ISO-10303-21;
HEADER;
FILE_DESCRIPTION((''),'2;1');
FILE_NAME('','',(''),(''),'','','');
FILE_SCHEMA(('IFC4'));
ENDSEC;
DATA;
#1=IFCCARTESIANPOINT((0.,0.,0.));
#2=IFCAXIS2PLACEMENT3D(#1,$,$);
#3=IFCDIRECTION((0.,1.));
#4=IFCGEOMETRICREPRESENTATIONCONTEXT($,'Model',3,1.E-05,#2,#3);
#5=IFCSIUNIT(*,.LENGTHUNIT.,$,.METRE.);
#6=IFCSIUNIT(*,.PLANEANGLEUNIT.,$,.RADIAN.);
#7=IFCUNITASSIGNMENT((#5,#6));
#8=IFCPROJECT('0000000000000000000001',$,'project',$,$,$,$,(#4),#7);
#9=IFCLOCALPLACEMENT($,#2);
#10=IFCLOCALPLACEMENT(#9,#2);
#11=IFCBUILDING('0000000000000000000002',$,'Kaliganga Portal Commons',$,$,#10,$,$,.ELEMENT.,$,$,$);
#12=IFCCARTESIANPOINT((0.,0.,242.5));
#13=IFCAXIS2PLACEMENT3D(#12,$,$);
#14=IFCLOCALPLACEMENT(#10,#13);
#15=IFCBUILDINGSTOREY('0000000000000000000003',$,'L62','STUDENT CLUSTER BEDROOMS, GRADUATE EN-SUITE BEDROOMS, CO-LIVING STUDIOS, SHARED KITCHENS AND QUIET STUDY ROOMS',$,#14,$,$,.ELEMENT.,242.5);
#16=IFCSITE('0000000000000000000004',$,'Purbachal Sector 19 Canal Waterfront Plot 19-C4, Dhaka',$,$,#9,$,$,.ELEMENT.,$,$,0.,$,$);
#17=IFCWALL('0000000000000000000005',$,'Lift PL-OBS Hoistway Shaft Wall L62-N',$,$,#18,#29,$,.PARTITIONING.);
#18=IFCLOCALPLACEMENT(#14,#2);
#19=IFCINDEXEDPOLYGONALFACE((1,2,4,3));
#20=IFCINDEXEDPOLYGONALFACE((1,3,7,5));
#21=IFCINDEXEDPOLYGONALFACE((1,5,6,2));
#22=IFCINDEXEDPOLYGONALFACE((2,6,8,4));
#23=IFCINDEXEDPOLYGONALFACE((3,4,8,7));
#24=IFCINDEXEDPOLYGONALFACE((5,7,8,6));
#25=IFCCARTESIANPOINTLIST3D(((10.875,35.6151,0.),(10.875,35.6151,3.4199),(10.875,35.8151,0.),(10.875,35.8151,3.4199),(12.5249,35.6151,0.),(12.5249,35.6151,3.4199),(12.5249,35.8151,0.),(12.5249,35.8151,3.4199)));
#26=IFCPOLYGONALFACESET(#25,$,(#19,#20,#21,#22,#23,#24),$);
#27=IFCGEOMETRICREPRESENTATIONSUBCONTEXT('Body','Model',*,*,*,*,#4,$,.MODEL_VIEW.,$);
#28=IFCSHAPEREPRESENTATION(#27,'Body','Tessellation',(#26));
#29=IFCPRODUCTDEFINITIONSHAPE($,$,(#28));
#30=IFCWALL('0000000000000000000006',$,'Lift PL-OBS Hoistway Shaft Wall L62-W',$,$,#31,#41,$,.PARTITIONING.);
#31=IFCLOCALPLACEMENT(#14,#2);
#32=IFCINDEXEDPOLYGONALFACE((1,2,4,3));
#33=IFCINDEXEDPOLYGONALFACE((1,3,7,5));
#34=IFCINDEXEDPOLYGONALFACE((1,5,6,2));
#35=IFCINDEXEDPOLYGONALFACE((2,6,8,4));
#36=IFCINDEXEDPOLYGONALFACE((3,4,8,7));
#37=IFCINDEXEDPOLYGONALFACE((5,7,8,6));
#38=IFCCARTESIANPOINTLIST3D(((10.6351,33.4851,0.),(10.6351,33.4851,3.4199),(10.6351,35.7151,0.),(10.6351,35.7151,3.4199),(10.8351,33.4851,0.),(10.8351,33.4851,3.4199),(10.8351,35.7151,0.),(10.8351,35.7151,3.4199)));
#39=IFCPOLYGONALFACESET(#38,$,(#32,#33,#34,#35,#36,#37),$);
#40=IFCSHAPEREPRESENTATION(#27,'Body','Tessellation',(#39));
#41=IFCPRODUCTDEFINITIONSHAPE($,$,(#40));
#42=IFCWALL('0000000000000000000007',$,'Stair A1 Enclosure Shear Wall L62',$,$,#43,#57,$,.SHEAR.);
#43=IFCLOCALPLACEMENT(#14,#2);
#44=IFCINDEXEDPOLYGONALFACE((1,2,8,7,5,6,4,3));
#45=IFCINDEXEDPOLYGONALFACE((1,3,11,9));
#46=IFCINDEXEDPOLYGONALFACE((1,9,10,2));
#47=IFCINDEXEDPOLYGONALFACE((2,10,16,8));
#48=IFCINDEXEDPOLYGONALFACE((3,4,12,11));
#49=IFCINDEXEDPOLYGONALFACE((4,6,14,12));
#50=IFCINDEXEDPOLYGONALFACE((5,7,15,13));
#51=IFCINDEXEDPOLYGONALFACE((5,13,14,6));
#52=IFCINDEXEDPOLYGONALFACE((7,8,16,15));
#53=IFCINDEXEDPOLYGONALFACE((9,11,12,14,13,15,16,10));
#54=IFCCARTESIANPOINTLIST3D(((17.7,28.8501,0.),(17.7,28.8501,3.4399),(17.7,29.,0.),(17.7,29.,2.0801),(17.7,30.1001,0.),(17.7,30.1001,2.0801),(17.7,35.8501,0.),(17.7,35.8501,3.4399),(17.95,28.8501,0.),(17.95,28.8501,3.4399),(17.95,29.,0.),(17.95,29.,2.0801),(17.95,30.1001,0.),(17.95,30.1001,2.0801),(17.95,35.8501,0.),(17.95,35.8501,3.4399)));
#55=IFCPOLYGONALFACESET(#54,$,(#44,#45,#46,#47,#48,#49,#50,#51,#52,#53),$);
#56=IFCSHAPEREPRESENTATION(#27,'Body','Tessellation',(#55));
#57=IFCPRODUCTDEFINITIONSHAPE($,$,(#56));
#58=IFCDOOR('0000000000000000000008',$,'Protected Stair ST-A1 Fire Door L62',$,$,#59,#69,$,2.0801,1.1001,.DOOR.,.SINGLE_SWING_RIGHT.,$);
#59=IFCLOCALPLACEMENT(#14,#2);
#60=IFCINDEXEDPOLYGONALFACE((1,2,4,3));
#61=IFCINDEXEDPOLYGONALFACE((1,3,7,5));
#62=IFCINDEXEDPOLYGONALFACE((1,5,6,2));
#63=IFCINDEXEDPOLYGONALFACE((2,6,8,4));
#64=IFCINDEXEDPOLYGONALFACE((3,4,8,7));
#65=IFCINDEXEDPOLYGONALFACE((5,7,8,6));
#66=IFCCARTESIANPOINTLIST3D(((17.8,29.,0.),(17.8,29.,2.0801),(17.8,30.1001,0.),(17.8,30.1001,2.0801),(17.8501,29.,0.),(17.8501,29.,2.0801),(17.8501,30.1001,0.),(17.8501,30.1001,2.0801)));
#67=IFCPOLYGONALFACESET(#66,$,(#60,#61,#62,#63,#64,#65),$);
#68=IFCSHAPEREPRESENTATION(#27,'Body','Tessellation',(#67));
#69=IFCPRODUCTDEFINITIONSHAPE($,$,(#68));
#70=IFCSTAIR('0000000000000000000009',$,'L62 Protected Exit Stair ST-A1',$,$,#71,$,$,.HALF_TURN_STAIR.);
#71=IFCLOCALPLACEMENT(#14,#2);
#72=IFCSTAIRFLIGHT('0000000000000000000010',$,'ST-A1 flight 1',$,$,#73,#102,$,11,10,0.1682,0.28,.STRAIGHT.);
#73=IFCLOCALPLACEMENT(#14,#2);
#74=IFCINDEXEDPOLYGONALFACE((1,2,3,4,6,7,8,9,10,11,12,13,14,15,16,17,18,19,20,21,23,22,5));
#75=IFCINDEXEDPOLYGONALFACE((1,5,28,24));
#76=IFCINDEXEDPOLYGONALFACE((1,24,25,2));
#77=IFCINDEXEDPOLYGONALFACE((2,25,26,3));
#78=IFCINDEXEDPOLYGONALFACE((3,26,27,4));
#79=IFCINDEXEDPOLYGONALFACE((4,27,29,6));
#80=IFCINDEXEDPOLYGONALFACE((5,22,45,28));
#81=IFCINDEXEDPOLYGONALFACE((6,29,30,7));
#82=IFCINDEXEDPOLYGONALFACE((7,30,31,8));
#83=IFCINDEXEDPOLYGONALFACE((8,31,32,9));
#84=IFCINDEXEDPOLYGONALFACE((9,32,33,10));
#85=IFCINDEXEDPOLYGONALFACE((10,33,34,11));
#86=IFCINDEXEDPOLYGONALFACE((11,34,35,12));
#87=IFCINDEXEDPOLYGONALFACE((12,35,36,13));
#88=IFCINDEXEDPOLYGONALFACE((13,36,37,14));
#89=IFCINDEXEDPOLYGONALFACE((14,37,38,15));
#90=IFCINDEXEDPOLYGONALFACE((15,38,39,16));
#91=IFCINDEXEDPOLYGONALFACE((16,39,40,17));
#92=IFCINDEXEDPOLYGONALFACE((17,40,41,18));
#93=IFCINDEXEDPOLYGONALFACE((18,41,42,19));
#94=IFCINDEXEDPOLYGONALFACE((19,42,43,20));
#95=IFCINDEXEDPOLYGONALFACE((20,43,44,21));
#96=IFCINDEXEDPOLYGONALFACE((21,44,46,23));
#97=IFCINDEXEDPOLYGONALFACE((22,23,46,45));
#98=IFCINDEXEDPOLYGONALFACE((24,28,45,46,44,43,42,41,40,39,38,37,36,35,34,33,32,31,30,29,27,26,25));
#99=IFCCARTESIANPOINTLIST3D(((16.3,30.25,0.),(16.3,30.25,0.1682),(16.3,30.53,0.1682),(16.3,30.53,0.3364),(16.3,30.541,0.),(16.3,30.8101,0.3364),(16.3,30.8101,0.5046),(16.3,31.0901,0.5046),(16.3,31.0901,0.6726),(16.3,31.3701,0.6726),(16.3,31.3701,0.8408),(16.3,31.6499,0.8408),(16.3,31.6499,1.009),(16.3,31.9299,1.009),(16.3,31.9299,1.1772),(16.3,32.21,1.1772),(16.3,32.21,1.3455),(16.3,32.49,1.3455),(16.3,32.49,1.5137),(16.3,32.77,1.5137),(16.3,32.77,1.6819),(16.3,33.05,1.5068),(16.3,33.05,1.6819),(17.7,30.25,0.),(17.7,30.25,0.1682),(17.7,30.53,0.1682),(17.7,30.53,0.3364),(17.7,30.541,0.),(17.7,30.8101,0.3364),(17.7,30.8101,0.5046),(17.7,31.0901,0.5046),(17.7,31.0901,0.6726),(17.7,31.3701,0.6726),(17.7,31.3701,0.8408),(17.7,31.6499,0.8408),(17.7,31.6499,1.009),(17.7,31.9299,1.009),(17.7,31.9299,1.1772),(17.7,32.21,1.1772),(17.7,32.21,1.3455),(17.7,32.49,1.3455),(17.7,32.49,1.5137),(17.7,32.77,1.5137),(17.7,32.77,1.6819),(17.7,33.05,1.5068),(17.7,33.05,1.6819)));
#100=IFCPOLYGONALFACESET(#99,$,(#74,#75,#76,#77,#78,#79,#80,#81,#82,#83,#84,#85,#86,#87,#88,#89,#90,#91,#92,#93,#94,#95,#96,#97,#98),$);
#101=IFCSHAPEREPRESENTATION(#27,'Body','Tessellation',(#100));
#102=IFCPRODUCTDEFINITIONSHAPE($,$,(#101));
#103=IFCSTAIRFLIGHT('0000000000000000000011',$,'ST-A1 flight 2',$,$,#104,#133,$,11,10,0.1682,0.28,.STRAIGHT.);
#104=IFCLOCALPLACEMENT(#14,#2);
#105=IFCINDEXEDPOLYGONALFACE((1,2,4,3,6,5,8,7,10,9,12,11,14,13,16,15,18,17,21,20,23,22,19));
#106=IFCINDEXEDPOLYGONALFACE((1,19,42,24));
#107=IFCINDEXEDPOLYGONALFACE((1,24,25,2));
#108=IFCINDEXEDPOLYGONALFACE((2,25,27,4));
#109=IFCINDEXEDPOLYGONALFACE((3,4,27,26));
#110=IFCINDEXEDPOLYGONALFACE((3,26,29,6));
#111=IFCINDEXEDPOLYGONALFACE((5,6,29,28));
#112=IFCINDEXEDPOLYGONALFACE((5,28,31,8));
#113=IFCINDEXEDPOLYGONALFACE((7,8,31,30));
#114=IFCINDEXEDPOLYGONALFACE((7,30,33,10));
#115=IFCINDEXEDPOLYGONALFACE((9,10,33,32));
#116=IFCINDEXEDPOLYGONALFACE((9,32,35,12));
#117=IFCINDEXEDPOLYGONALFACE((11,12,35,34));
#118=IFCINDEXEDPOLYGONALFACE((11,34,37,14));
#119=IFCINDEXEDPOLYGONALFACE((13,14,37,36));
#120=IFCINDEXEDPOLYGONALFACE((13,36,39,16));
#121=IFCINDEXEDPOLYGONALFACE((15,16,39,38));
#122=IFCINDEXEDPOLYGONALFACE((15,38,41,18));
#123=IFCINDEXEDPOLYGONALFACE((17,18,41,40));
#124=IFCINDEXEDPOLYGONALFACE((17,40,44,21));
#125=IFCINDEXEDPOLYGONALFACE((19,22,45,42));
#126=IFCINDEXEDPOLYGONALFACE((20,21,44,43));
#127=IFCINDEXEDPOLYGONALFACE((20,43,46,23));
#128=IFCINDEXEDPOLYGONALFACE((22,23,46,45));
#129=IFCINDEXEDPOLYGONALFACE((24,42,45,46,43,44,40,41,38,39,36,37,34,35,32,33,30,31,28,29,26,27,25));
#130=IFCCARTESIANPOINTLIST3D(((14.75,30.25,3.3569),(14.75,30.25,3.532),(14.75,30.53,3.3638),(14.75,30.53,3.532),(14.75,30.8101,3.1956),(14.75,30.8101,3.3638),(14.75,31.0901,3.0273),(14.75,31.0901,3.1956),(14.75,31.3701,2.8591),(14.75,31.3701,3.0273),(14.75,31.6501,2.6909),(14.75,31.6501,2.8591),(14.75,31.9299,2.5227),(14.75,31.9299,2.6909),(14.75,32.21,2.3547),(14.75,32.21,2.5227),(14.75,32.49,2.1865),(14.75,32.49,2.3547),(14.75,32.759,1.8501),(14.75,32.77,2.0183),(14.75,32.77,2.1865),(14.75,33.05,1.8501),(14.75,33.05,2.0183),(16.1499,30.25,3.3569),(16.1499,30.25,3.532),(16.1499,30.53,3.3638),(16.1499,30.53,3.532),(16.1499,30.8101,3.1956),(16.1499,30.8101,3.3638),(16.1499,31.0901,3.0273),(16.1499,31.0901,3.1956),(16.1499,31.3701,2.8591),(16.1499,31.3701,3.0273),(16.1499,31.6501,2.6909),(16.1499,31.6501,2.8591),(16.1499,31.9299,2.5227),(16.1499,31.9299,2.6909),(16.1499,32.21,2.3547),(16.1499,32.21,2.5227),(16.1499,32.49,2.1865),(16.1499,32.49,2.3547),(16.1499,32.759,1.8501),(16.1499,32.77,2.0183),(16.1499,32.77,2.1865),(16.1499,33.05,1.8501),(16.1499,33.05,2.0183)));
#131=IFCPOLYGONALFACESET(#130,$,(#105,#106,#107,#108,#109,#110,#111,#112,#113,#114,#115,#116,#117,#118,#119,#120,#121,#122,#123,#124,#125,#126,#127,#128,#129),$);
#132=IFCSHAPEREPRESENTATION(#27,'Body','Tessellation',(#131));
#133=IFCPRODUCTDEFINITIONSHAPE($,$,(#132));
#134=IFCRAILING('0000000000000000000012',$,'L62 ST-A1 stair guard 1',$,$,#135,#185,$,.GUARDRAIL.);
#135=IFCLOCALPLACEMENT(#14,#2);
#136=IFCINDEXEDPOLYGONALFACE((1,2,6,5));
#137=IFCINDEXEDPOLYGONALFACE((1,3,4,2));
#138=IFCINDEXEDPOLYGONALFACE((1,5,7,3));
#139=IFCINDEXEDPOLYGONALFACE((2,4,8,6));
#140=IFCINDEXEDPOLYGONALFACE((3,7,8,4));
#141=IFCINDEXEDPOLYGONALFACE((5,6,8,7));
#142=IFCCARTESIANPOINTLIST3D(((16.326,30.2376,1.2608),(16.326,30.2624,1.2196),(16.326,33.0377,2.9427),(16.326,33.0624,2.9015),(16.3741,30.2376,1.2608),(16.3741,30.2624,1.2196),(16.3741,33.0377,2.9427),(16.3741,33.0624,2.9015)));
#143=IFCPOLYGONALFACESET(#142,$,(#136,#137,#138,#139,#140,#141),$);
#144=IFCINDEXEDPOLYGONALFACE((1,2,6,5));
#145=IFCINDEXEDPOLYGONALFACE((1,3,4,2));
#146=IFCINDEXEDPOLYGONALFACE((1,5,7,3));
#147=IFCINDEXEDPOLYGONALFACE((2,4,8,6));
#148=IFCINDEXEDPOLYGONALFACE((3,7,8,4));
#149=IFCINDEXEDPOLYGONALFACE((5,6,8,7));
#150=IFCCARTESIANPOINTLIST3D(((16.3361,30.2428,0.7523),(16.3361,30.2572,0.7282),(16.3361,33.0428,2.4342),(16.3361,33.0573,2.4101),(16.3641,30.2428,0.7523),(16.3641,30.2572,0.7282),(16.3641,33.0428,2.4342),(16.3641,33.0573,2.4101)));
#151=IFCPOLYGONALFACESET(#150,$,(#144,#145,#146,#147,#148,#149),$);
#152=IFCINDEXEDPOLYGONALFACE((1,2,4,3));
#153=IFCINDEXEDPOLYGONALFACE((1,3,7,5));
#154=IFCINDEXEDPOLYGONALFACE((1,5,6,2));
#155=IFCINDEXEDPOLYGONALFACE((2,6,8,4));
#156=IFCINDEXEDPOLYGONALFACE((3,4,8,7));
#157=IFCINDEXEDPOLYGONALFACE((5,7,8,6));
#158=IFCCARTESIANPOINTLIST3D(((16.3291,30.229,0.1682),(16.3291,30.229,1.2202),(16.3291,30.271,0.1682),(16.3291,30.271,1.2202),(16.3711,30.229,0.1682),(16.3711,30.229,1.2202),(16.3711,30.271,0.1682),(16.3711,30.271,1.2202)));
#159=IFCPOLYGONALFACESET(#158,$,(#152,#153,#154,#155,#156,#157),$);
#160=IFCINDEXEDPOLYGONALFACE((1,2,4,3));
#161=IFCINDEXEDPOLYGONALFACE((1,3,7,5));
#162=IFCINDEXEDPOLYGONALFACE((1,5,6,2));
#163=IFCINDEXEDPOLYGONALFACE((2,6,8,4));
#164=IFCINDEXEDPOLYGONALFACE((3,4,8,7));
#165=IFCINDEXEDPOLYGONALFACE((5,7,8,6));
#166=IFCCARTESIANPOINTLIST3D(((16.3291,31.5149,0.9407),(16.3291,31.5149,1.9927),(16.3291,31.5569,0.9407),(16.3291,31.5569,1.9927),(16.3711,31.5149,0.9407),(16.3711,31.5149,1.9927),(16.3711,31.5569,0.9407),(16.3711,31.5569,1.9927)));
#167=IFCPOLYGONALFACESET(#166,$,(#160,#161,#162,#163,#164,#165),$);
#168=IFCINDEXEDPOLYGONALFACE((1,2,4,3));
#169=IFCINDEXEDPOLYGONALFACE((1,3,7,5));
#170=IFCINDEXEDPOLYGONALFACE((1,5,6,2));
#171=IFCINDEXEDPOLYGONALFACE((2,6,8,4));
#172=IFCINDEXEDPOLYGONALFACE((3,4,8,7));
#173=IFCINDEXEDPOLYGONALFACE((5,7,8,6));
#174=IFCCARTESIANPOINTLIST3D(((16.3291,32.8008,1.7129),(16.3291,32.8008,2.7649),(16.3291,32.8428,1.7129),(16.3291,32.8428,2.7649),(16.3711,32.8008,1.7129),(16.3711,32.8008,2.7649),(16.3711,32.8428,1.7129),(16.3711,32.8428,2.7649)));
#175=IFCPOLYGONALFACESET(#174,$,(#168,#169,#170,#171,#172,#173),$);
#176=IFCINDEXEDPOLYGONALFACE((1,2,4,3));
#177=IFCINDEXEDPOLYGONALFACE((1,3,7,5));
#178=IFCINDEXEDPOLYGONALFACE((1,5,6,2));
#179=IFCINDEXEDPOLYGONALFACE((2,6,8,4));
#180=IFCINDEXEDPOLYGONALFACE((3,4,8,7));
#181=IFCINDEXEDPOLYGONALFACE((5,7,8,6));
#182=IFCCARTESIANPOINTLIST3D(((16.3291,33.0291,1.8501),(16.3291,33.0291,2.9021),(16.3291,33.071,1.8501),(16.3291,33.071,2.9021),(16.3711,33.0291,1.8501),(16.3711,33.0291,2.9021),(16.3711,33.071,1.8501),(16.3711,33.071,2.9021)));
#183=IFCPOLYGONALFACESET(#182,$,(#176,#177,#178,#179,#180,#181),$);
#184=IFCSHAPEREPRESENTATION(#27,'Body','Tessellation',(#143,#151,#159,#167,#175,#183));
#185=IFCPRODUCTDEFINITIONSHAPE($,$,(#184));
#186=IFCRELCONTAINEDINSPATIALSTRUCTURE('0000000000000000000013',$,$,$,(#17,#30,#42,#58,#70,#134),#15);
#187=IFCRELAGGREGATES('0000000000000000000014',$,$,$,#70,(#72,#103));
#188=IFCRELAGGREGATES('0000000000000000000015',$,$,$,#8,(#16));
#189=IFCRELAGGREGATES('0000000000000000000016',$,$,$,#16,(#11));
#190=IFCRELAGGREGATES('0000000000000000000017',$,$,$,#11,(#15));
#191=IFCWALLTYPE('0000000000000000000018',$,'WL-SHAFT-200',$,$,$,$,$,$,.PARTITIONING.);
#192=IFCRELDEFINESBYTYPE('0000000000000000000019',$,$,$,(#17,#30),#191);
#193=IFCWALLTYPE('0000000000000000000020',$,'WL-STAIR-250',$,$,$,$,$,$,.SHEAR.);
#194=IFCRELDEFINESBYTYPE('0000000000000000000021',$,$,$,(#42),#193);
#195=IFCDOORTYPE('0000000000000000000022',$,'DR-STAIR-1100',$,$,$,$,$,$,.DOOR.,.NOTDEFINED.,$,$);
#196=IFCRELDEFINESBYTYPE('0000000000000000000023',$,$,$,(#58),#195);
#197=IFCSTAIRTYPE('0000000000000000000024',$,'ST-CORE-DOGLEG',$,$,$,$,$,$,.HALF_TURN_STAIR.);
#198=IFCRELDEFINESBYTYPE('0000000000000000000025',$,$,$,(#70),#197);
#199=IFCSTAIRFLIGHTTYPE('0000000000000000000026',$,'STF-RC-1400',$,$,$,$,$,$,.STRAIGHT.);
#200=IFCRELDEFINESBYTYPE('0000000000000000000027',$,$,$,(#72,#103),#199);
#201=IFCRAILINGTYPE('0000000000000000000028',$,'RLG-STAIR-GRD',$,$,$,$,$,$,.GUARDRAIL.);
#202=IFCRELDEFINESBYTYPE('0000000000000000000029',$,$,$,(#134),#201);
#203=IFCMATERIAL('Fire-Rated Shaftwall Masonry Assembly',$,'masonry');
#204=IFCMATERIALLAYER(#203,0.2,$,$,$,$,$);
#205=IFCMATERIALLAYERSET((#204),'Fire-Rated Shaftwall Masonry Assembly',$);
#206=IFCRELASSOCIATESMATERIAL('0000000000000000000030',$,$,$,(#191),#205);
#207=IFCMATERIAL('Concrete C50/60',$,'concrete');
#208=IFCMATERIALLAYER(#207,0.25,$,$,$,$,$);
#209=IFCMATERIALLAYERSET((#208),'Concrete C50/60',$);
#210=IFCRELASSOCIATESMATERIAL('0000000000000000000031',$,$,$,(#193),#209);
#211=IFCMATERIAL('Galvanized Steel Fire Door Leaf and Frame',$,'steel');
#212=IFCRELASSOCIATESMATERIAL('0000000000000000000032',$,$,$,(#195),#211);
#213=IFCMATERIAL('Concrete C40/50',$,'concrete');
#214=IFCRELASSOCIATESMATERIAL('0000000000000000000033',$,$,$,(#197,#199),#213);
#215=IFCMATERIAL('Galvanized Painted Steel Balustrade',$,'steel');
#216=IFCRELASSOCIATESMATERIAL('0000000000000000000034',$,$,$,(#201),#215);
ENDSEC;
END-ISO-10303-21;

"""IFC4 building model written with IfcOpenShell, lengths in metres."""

from ifc_helpers import new_model, si_unit, direction, frame, frame_2d, origin, origin_2d, place, context, subcontext, project, spatial, polyline, rectangle, outline, extrude, material, layer, layer_set, type_object, element, fill, aggregate, save


model = new_model("IFC4")

# Units and contexts
model_context = context("Model", 3, precision=1e-05, world=origin(), true_north=direction((0.0, 1.0)))
body_context = subcontext(model_context, "Body", "Model", "MODEL_VIEW")
ifc_project = project(units=[si_unit("LENGTHUNIT", "METRE"), si_unit("PLANEANGLEUNIT", "RADIAN")], contexts=[model_context])

# Site, building, storey
site_placement = place(None, origin())
site = spatial("IfcSite", under=ifc_project, at=site_placement, Name="Purbachal Sector 19 Canal Waterfront Plot 19-C4, Dhaka", CompositionType="ELEMENT", RefElevation=0.0)
building_placement = place(site_placement, origin())
building = spatial("IfcBuilding", under=site, at=building_placement, Name="Kaliganga Portal Commons", CompositionType="ELEMENT")
storey_placement = place(building_placement, frame((0.0, 0.0, 242.5)))
storey = spatial("IfcBuildingStorey", under=building, at=storey_placement, Name="L62", Description="STUDENT CLUSTER BEDROOMS, GRADUATE EN-SUITE BEDROOMS, CO-LIVING STUDIOS, SHARED KITCHENS AND QUIET STUDY ROOMS", CompositionType="ELEMENT", Elevation=242.5)

# Shared definitions
ifc_material_1 = material(Name="Concrete C50/60", Category="concrete")

# Shared definitions
ifc_material_2 = material(Name="Fire-Rated Shaftwall Masonry Assembly", Category="masonry")
ifc_layer_1 = layer(ifc_material_2, 0.2)
ifc_layer_set_1 = layer_set([ifc_layer_1], Name="Fire-Rated Shaftwall Masonry Assembly")
wall_type_1 = type_object("IfcWallType", Name="WL-SHAFT-200", PredefinedType="PARTITIONING", material=ifc_layer_set_1)

# Walls
wall_1_placement = place(storey_placement, frame((10.875, 35.7151, 0.0), z_axis=(0.0, 0.0, 1.0), x_axis=(1.0, 0.0, 0.0)))
element("IfcWall", 1, at=wall_1_placement, inside=storey, type_object=wall_type_1, Name="Lift PL-OBS Hoistway Shaft Wall L62-N", PredefinedType="PARTITIONING", context=body_context, shape_type="SweptSolid", body=[
    extrude(rectangle(XDim=1.6499, YDim=0.2, at=frame_2d((0.825, 0.0))), origin(), (0.0, 0.0, 1.0), 3.4199),
])
wall_2_placement = place(storey_placement, frame((10.7351, 33.4851, 0.0), z_axis=(0.0, 0.0, 1.0), x_axis=(0.0, 1.0, 0.0)))
element("IfcWall", 2, at=wall_2_placement, inside=storey, type_object=wall_type_1, Name="Lift PL-OBS Hoistway Shaft Wall L62-W", PredefinedType="PARTITIONING", context=body_context, shape_type="SweptSolid", body=[
    extrude(rectangle(XDim=2.23, YDim=0.2, at=frame_2d((1.115, 0.0))), origin(), (0.0, 0.0, 1.0), 3.4199),
])

# Wall, opening, door
ifc_layer_2 = layer(ifc_material_1, 0.25)
ifc_layer_set_2 = layer_set([ifc_layer_2], Name="Concrete C50/60")
wall_type_2 = type_object("IfcWallType", Name="WL-STAIR-250", PredefinedType="SHEAR", material=ifc_layer_set_2)
wall_3_placement = place(storey_placement, frame((17.825, 28.8501, 0.0), z_axis=(0.0, 0.0, 1.0), x_axis=(0.0, 1.0, 0.0)))
wall_3 = element("IfcWall", 3, at=wall_3_placement, inside=storey, type_object=wall_type_2, Name="Stair A1 Enclosure Shear Wall L62", PredefinedType="SHEAR", context=body_context, shape_type="SweptSolid", body=[
    extrude(rectangle(XDim=7.0, YDim=0.25, at=frame_2d((3.5, 0.0))), origin(), (0.0, 0.0, 1.0), 3.4399),
])
opening_1_placement = place(wall_3_placement, frame((0.1499, 0.0, 0.0)))
opening_1 = element("IfcOpeningElement", 4, at=opening_1_placement, cuts=wall_3, PredefinedType="OPENING", context=body_context, shape_type="SweptSolid", body=[
    extrude(rectangle(XDim=1.1001, YDim=2.0801, at=frame_2d((0.55, 1.04))), frame((0.0, 0.135, 0.0), z_axis=(0.0, -1.0, 0.0), x_axis=(1.0, 0.0, 0.0)), (0.0, 0.0, 1.0), 0.27),
])
ifc_material_3 = material(Name="Galvanized Steel Fire Door Leaf and Frame", Category="steel")
door_type_1 = type_object("IfcDoorType", Name="DR-STAIR-1100", OperationType="NOTDEFINED", PredefinedType="DOOR", material=ifc_material_3)
door_1_placement = place(opening_1_placement, origin())
door_1 = element("IfcDoor", 5, at=door_1_placement, inside=storey, type_object=door_type_1, Name="Protected Stair ST-A1 Fire Door L62", OperationType="SINGLE_SWING_RIGHT", OverallHeight=2.0801, OverallWidth=1.1001, PredefinedType="DOOR", context=body_context, shape_type="SweptSolid", body=[
    extrude(rectangle(XDim=1.1001, YDim=2.0801, at=frame_2d((0.55, 1.04))), frame((0.0, 0.0249, 0.0), z_axis=(0.0, -1.0, 0.0), x_axis=(1.0, 0.0, 0.0)), (0.0, 0.0, 1.0), 0.05),
])
fill(opening_1, door_1)

# Stair, stair flights
ifc_material_4 = material(Name="Concrete C40/50", Category="concrete")
stair_type = type_object("IfcStairType", Name="ST-CORE-DOGLEG", PredefinedType="HALF_TURN_STAIR", material=ifc_material_4)
stair_placement = place(storey_placement, origin())
stair = element("IfcStair", 6, at=stair_placement, inside=storey, type_object=stair_type, Name="L62 Protected Exit Stair ST-A1", PredefinedType="HALF_TURN_STAIR")
stair_flight_type = type_object("IfcStairFlightType", Name="STF-RC-1400", PredefinedType="STRAIGHT", material=ifc_material_4)
stair_flight_1_placement = place(storey_placement, frame((17.0, 30.25, 0.0), z_axis=(0.0, 0.0, 1.0), x_axis=(0.0, 1.0, 0.0)))
stair_flight_1 = element("IfcStairFlight", 7, at=stair_flight_1_placement, type_object=stair_flight_type, Name="ST-A1 flight 1", NumberOfRisers=11, NumberOfTreads=10, PredefinedType="STRAIGHT", RiserHeight=0.1682, TreadLength=0.28, context=body_context, shape_type="SweptSolid", body=[
    extrude(outline(polyline([(0.0, 0.0), (0.0, 0.1682), (0.28, 0.1682), (0.28, 0.3364), (0.5601, 0.3364), (0.5601, 0.5046), (0.8401, 0.5046), (0.8401, 0.6726), (1.1201, 0.6726), (1.1201, 0.8408), (1.3999, 0.8408), (1.3999, 1.009), (1.6799, 1.009), (1.6799, 1.1772), (1.96, 1.1772), (1.96, 1.3455), (2.24, 1.3455), (2.24, 1.5137), (2.52, 1.5137), (2.52, 1.6819), (2.8, 1.6819), (2.8, 1.8501), (2.8, 1.5068), (0.291, 0.0), (0.0, 0.0)])), frame((0.0, 0.7, 0.0), z_axis=(0.0, -1.0, 0.0), x_axis=(1.0, 0.0, 0.0)), (0.0, 0.0, 1.0), 1.3999),
])
stair_flight_2_placement = place(storey_placement, frame((15.45, 33.05, 1.8501), z_axis=(0.0, 0.0, 1.0), x_axis=(0.0, -1.0, 0.0)))
stair_flight_2 = element("IfcStairFlight", 8, at=stair_flight_2_placement, type_object=stair_flight_type, Name="ST-A1 flight 2", NumberOfRisers=11, NumberOfTreads=10, PredefinedType="STRAIGHT", RiserHeight=0.1682, TreadLength=0.28, context=body_context, shape_type="SweptSolid", body=[
    extrude(outline(polyline([(0.0, 0.0), (0.0, 0.1682), (0.28, 0.1682), (0.28, 0.3364), (0.5601, 0.3364), (0.5601, 0.5046), (0.8401, 0.5046), (0.8401, 0.6726), (1.1201, 0.6726), (1.1201, 0.8408), (1.3999, 0.8408), (1.3999, 1.009), (1.6799, 1.009), (1.6799, 1.1772), (1.96, 1.1772), (1.96, 1.3455), (2.24, 1.3455), (2.24, 1.5137), (2.52, 1.5137), (2.52, 1.6819), (2.8, 1.6819), (2.8, 1.8501), (2.8, 1.5068), (0.291, 0.0), (0.0, 0.0)])), frame((0.0, 0.7, 0.0), z_axis=(0.0, -1.0, 0.0), x_axis=(1.0, 0.0, 0.0)), (0.0, 0.0, 1.0), 1.3999),
])
aggregate(stair, [stair_flight_1, stair_flight_2])

# Railing
ifc_material_5 = material(Name="Galvanized Painted Steel Balustrade", Category="steel")
railing_type_1 = type_object("IfcRailingType", Name="RLG-STAIR-GRD", PredefinedType="GUARDRAIL", material=ifc_material_5)
railing_1_placement = place(storey_placement, frame((16.3501, 30.25, 0.1682)))
element("IfcRailing", 9, at=railing_1_placement, inside=storey, type_object=railing_type_1, Name="L62 ST-A1 stair guard 1", PredefinedType="GUARDRAIL", context=body_context, shape_type="SweptSolid", body=[
    extrude(rectangle(XDim=0.0481, YDim=0.0481, at=origin_2d()), frame((0.0, 0.0, 1.072), z_axis=(0.0, 0.857242, 0.514913), x_axis=(-1.0, 0.0, 0.0)), (0.0, 0.0, 1.0), 3.2664),
    extrude(rectangle(XDim=0.0281, YDim=0.0281, at=origin_2d()), frame((0.0, 0.0, 0.572), z_axis=(0.0, 0.857242, 0.514913), x_axis=(-1.0, 0.0, 0.0)), (0.0, 0.0, 1.0), 3.2664),
    extrude(rectangle(XDim=0.042, YDim=0.042, at=origin_2d()), origin(), (0.0, 0.0, 1.0), 1.052),
    extrude(rectangle(XDim=0.042, YDim=0.042, at=origin_2d()), frame((0.0, 1.2859, 0.7725)), (0.0, 0.0, 1.0), 1.052),
    extrude(rectangle(XDim=0.042, YDim=0.042, at=origin_2d()), frame((0.0, 2.5718, 1.5447)), (0.0, 0.0, 1.0), 1.052),
    extrude(rectangle(XDim=0.042, YDim=0.042, at=origin_2d()), frame((0.0, 2.8, 1.6819)), (0.0, 0.0, 1.0), 1.052),
])

save(model, "model.ifc")
